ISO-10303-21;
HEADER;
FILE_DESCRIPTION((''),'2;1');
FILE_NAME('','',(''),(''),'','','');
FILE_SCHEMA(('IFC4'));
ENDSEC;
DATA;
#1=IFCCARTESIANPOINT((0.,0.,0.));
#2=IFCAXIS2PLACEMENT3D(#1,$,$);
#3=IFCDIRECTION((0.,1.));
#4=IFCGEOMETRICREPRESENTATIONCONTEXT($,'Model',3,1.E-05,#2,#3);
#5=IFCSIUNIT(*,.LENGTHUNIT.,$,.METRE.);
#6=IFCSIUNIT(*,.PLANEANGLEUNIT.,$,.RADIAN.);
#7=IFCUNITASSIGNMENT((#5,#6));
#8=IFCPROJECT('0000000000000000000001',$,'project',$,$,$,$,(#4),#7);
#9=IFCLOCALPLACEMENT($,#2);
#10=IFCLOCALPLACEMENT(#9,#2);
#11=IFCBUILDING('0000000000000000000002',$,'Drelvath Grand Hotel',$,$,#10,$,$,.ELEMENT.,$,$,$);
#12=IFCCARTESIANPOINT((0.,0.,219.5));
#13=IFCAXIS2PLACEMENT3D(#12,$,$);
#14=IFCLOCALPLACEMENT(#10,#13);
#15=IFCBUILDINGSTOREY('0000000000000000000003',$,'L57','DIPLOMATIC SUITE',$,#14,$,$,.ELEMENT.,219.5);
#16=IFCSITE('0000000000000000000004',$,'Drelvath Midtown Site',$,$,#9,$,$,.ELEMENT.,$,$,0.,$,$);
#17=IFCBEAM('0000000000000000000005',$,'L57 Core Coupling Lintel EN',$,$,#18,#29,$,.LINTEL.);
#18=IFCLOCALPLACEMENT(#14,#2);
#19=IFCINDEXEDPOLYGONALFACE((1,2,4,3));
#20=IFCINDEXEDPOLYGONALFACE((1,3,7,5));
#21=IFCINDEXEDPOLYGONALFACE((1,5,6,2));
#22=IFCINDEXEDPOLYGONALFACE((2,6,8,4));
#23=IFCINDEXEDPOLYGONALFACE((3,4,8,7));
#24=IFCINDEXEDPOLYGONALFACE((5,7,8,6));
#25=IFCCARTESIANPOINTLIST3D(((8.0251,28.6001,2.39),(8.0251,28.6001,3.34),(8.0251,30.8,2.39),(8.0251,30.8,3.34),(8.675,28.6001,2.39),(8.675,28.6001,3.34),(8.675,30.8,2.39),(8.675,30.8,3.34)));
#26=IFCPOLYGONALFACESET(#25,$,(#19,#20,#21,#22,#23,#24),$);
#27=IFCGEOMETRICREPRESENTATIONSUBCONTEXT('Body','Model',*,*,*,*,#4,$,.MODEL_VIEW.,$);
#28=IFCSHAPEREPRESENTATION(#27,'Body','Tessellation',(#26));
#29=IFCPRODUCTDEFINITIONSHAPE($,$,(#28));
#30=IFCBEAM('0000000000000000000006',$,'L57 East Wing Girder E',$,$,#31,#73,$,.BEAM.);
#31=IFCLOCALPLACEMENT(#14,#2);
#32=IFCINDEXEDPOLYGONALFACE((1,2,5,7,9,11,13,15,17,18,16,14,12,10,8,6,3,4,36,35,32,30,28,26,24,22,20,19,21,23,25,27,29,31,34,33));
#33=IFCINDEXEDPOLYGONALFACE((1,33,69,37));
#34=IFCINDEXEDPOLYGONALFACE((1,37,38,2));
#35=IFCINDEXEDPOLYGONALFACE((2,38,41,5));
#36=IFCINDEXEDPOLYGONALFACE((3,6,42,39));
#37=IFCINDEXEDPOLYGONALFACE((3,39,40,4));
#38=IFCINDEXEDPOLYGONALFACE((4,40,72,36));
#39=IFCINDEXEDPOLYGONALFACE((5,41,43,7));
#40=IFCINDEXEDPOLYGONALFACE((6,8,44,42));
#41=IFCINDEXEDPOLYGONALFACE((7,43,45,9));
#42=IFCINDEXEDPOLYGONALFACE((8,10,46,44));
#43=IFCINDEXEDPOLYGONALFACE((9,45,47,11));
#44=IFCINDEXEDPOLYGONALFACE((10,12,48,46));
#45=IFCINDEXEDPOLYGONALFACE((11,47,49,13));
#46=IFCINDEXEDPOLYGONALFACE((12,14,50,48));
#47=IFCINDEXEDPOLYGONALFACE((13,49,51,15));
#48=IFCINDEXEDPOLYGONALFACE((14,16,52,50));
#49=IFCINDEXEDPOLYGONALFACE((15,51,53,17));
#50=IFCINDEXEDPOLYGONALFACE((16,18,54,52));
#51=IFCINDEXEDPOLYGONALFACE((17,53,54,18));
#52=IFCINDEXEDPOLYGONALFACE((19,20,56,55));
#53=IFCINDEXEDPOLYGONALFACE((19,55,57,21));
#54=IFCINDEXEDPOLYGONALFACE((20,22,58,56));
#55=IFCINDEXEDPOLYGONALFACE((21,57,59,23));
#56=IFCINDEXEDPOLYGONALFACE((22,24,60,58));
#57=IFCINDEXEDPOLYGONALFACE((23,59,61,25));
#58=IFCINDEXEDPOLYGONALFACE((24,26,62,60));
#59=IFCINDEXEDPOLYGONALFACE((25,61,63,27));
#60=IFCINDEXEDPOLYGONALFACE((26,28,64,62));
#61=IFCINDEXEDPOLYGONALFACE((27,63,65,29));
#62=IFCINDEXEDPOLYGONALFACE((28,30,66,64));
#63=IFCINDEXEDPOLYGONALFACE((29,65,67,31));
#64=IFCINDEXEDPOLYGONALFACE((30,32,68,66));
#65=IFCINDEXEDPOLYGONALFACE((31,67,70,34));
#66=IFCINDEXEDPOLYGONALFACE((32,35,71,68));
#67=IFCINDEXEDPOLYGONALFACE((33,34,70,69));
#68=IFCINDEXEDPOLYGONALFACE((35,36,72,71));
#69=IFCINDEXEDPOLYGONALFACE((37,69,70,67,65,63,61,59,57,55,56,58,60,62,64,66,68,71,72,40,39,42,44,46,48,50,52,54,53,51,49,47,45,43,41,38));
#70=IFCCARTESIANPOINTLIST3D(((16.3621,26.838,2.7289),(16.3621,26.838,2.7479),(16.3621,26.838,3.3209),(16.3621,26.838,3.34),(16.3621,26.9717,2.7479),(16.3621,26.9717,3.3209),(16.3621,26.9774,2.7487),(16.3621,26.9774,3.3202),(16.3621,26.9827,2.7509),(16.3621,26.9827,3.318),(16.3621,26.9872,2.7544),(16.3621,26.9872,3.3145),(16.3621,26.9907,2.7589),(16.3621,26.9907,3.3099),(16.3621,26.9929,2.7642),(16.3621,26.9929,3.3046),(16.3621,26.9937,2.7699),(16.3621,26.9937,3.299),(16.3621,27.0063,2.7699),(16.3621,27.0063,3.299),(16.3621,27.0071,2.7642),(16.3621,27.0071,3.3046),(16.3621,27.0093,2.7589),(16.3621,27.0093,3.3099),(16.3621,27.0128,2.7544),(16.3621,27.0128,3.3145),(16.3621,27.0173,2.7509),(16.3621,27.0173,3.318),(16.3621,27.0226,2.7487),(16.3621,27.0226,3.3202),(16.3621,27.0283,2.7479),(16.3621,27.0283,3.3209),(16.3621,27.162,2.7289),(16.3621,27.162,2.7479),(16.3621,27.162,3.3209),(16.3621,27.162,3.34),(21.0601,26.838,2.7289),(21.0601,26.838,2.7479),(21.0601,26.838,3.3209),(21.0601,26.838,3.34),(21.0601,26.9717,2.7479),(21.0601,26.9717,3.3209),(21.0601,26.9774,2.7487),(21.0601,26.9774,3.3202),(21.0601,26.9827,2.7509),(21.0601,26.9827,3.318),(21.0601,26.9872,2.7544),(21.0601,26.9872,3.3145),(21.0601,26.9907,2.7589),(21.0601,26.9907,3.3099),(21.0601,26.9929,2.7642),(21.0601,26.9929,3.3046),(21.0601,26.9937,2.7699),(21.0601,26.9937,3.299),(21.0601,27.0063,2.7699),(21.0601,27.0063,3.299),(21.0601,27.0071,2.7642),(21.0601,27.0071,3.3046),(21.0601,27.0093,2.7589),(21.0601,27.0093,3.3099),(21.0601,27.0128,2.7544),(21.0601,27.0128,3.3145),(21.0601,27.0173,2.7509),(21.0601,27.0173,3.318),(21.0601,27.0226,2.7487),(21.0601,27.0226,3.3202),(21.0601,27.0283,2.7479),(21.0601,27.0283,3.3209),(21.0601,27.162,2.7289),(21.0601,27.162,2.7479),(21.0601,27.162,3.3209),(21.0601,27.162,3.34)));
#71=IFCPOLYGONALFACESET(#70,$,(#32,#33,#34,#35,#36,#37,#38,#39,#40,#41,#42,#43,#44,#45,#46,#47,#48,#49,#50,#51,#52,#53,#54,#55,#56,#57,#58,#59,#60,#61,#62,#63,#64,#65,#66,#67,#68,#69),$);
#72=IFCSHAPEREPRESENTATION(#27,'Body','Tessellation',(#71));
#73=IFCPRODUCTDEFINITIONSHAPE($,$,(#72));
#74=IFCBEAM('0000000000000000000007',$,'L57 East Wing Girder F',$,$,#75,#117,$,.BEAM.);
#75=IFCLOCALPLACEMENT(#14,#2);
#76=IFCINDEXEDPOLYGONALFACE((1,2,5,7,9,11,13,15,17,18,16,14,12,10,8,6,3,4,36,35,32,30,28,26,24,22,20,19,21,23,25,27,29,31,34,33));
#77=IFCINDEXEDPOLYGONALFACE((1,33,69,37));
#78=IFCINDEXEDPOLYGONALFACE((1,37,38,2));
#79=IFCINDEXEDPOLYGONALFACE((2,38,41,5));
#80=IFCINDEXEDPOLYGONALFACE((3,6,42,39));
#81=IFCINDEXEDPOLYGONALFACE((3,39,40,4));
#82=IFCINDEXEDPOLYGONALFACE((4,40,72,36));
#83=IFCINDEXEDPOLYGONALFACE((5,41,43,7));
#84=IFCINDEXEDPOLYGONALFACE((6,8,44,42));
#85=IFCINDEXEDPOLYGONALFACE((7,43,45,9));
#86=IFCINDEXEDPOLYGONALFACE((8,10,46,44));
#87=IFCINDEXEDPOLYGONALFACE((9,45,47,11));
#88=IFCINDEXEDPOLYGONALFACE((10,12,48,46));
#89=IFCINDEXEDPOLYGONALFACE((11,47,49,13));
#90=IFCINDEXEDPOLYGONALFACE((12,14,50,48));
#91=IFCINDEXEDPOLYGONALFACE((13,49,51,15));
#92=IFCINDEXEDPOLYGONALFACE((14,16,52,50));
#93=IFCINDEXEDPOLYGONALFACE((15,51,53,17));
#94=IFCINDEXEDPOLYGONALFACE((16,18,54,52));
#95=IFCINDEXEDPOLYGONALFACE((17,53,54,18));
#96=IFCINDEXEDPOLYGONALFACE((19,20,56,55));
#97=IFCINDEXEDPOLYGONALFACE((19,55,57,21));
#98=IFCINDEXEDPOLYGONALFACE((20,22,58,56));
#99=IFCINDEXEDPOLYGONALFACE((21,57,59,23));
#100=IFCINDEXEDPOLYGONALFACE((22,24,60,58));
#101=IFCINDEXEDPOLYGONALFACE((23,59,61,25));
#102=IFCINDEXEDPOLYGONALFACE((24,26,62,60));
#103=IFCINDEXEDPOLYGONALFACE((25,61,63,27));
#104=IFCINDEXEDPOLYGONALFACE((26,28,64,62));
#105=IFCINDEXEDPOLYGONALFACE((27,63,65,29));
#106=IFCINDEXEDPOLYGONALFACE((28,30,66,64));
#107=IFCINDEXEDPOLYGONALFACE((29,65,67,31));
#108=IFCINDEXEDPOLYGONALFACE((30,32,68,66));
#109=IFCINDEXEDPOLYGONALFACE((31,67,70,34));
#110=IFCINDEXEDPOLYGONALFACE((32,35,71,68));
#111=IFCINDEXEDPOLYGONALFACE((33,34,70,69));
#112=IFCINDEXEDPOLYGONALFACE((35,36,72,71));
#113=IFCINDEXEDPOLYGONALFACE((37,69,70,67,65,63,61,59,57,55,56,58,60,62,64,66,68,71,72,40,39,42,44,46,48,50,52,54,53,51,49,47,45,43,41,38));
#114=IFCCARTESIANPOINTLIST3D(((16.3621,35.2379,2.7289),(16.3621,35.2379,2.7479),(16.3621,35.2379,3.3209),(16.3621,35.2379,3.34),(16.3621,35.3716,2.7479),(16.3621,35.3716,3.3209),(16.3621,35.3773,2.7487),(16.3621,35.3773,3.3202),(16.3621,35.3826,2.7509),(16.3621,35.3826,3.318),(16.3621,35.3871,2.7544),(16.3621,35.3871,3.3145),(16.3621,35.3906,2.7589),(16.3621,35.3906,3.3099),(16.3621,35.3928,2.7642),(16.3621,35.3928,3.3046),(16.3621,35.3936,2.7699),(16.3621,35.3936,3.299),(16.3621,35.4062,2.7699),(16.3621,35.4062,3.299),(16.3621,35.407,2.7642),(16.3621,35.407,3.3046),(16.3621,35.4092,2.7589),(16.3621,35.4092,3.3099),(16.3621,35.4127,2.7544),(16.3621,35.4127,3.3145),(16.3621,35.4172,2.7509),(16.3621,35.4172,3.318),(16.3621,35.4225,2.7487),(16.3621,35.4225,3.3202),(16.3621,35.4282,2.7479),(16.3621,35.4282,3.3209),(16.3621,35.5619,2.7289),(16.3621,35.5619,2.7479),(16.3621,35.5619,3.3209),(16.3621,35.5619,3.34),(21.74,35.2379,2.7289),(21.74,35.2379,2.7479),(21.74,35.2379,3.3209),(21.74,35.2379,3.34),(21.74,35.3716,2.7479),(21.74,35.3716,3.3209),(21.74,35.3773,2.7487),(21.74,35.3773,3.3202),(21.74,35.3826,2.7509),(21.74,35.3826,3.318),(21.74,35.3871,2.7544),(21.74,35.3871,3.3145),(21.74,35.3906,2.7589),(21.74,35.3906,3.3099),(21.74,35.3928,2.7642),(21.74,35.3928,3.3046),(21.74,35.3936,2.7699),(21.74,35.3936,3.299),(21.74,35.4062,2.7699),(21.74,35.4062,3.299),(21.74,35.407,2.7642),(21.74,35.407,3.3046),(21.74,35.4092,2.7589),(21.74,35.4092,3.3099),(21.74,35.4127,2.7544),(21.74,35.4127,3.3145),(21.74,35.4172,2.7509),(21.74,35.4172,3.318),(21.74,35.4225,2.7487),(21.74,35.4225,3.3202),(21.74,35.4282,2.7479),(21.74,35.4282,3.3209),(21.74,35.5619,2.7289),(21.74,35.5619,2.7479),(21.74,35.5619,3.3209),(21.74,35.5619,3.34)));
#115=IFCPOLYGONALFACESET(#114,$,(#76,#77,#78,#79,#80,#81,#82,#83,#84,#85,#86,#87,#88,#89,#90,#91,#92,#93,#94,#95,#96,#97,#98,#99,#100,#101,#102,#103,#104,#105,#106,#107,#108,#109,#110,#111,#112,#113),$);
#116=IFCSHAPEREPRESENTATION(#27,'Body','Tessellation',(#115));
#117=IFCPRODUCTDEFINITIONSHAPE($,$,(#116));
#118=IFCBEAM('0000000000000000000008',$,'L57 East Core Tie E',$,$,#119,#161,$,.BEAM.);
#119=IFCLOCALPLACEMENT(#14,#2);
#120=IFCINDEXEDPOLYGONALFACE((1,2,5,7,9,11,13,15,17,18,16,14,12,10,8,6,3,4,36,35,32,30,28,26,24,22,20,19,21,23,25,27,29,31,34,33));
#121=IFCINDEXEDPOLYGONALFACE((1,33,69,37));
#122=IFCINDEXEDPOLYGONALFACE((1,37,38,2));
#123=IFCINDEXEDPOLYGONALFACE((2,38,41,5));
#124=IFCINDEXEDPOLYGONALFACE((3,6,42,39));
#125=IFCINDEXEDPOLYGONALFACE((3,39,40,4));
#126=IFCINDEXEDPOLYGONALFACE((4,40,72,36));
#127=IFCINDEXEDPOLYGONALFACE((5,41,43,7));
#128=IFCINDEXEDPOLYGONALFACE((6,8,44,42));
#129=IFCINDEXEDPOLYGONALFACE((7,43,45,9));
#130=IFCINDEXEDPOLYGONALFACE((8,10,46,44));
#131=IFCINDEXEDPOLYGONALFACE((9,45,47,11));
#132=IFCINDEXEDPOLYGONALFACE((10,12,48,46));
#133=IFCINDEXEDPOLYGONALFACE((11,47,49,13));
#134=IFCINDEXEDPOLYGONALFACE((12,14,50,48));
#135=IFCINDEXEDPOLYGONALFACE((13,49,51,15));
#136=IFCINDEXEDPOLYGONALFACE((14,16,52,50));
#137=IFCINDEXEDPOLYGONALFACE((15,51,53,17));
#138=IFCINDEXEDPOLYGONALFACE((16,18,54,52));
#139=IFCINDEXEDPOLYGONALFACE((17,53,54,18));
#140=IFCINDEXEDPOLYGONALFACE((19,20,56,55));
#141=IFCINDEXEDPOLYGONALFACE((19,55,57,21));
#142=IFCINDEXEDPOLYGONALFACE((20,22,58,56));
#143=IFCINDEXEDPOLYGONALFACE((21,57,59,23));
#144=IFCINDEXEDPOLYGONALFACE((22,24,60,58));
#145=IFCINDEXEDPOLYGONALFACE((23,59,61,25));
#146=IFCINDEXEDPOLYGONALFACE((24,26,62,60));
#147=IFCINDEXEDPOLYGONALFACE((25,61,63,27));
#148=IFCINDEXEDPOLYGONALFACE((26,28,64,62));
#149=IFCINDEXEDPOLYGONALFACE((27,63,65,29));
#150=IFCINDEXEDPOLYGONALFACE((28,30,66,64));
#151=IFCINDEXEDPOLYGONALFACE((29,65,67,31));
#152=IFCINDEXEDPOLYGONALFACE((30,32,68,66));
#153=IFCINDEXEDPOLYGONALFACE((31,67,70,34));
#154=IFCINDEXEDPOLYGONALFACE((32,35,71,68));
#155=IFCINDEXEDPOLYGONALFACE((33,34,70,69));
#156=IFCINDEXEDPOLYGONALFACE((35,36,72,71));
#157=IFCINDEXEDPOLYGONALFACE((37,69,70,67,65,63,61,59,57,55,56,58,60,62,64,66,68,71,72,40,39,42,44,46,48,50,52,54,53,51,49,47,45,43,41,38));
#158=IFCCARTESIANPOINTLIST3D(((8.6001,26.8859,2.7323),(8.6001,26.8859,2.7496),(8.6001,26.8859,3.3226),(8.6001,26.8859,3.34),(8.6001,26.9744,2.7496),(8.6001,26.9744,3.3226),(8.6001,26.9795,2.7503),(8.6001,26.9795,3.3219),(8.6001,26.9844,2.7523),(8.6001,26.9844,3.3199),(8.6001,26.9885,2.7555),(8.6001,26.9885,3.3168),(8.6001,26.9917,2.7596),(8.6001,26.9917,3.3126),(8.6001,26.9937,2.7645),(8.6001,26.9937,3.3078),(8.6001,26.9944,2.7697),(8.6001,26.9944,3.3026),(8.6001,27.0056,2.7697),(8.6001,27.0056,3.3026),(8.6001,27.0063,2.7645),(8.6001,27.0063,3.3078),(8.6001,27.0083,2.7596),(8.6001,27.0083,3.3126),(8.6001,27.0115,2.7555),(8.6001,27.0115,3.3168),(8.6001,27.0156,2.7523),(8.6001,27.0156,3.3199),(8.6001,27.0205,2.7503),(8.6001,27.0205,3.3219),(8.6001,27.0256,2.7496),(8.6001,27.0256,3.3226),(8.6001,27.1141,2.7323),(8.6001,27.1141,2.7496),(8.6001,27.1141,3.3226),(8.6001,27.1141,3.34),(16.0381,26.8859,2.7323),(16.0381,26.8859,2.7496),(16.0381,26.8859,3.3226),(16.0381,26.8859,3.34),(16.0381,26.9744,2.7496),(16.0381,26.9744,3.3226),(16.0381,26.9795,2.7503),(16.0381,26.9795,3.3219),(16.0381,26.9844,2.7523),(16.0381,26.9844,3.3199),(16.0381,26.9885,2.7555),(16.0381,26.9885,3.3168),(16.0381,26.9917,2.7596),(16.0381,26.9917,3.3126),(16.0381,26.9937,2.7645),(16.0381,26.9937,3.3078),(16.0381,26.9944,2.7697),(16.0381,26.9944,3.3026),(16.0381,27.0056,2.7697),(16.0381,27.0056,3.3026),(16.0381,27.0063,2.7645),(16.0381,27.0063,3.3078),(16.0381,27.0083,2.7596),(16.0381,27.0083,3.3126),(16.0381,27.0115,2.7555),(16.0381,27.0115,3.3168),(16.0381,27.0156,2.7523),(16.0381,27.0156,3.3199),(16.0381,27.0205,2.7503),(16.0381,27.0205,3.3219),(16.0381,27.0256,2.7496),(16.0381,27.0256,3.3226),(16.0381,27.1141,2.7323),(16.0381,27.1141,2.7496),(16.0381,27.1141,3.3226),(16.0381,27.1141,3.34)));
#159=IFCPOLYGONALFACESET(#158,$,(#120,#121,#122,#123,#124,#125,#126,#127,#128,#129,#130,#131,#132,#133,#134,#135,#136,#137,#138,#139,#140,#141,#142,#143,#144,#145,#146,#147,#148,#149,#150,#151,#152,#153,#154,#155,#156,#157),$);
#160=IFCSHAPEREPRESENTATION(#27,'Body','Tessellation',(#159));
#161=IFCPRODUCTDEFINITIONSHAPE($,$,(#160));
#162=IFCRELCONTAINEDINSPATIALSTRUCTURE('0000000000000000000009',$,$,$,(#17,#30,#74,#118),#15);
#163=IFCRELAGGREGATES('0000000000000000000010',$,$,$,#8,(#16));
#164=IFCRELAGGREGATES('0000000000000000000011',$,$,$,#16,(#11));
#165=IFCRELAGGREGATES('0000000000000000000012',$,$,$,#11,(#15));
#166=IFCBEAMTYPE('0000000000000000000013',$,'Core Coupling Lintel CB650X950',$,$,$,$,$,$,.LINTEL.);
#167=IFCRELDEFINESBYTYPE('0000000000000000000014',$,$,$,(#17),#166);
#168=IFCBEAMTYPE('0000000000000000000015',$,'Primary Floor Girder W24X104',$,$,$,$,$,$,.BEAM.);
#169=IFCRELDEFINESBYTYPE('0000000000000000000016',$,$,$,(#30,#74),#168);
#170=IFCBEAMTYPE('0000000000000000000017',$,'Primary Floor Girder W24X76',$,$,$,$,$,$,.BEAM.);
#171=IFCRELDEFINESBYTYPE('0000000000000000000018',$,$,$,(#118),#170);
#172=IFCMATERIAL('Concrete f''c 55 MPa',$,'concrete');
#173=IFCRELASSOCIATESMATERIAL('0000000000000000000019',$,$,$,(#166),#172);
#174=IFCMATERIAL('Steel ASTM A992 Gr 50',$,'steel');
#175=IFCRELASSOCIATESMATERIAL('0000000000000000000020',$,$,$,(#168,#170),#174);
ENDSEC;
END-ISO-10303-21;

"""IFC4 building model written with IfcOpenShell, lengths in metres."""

from ifc_helpers import new_model, si_unit, direction, frame, origin, origin_2d, place, context, subcontext, project, spatial, rectangle, i_section, extrude, material, material_profile, profile_set, type_object, element, save


model = new_model("IFC4")

# Units and contexts
model_context = context("Model", 3, precision=1e-05, world=origin(), true_north=direction((0.0, 1.0)))
body_context = subcontext(model_context, "Body", "Model", "MODEL_VIEW")
ifc_project = project(units=[si_unit("LENGTHUNIT", "METRE"), si_unit("PLANEANGLEUNIT", "RADIAN")], contexts=[model_context])

# Site, building, storey
site_placement = place(None, origin())
site = spatial("IfcSite", under=ifc_project, at=site_placement, Name="Drelvath Midtown Site", CompositionType="ELEMENT", RefElevation=0.0)
building_placement = place(site_placement, origin())
building = spatial("IfcBuilding", under=site, at=building_placement, Name="Drelvath Grand Hotel", CompositionType="ELEMENT")
storey_placement = place(building_placement, frame((0.0, 0.0, 219.5)))
storey = spatial("IfcBuildingStorey", under=building, at=storey_placement, Name="L57", Description="DIPLOMATIC SUITE", CompositionType="ELEMENT", Elevation=219.5)

# Beams
ifc_material_1 = material(Name="Concrete f'c 55 MPa", Category="concrete")
ifc_material_profile_1 = material_profile(ifc_material_1, rectangle(XDim=0.6499, YDim=0.95, at=origin_2d()), Name="CB650X950")
ifc_profile_set_1 = profile_set([ifc_material_profile_1], Name="Concrete f'c 55 MPa")
beam_type_1 = type_object("IfcBeamType", Name="Core Coupling Lintel CB650X950", PredefinedType="LINTEL", material=ifc_profile_set_1)
beam_1_placement = place(storey_placement, frame((8.3501, 28.6001, 2.865), z_axis=(0.0, 1.0, 0.0), x_axis=(-1.0, 0.0, 0.0)))
element("IfcBeam", 1, at=beam_1_placement, inside=storey, type_object=beam_type_1, Name="L57 Core Coupling Lintel EN", PredefinedType="LINTEL", context=body_context, shape_type="SweptSolid", body=[
    extrude(rectangle(XDim=0.6499, YDim=0.95, at=origin_2d()), origin(), (0.0, 0.0, 1.0), 2.2),
])
ifc_material_2 = material(Name="Steel ASTM A992 Gr 50", Category="steel")
ifc_material_profile_2 = material_profile(ifc_material_2, i_section(OverallWidth=0.324, OverallDepth=0.6111, WebThickness=0.0127, FlangeThickness=0.019, FilletRadius=0.022, at=origin_2d()), Name="W24X104")
ifc_profile_set_2 = profile_set([ifc_material_profile_2], Name="Steel ASTM A992 Gr 50")
beam_type_2 = type_object("IfcBeamType", Name="Primary Floor Girder W24X104", PredefinedType="BEAM", material=ifc_profile_set_2)
beam_2_placement = place(storey_placement, frame((16.3621, 27.0, 3.0344), z_axis=(1.0, 0.0, 0.0), x_axis=(0.0, 1.0, 0.0)))
element("IfcBeam", 2, at=beam_2_placement, inside=storey, type_object=beam_type_2, Name="L57 East Wing Girder E", PredefinedType="BEAM", context=body_context, shape_type="SweptSolid", body=[
    extrude(i_section(OverallWidth=0.324, OverallDepth=0.6111, WebThickness=0.0127, FlangeThickness=0.019, FilletRadius=0.022, at=origin_2d()), origin(), (0.0, 0.0, 1.0), 4.698),
])
beam_3_placement = place(storey_placement, frame((16.3621, 35.3999, 3.0344), z_axis=(1.0, 0.0, 0.0), x_axis=(0.0, 1.0, 0.0)))
element("IfcBeam", 3, at=beam_3_placement, inside=storey, type_object=beam_type_2, Name="L57 East Wing Girder F", PredefinedType="BEAM", context=body_context, shape_type="SweptSolid", body=[
    extrude(i_section(OverallWidth=0.324, OverallDepth=0.6111, WebThickness=0.0127, FlangeThickness=0.019, FilletRadius=0.022, at=origin_2d()), origin(), (0.0, 0.0, 1.0), 5.3779),
])
ifc_material_profile_3 = material_profile(ifc_material_2, i_section(OverallWidth=0.2283, OverallDepth=0.6077, WebThickness=0.0112, FlangeThickness=0.0173, FilletRadius=0.02, at=origin_2d()), Name="W24X76")
ifc_profile_set_3 = profile_set([ifc_material_profile_3], Name="Steel ASTM A992 Gr 50")
beam_type_3 = type_object("IfcBeamType", Name="Primary Floor Girder W24X76", PredefinedType="BEAM", material=ifc_profile_set_3)
for number, where, z_axis, x_axis, name in (
    (4, (8.6001, 27.0, 3.0361), (1.0, 0.0, 0.0), (0.0, 1.0, 0.0), "L57 East Core Tie E"),
):
    element("IfcBeam", number, at=place(storey_placement, frame(where, z_axis=z_axis, x_axis=x_axis)), inside=storey, type_object=beam_type_3, Name=name, PredefinedType="BEAM", context=body_context, shape_type="SweptSolid", body=[
        extrude(i_section(OverallWidth=0.2283, OverallDepth=0.6077, WebThickness=0.0112, FlangeThickness=0.0173, FilletRadius=0.02, at=origin_2d()), origin(), (0.0, 0.0, 1.0), 7.438),
    ])

save(model, "model.ifc")
